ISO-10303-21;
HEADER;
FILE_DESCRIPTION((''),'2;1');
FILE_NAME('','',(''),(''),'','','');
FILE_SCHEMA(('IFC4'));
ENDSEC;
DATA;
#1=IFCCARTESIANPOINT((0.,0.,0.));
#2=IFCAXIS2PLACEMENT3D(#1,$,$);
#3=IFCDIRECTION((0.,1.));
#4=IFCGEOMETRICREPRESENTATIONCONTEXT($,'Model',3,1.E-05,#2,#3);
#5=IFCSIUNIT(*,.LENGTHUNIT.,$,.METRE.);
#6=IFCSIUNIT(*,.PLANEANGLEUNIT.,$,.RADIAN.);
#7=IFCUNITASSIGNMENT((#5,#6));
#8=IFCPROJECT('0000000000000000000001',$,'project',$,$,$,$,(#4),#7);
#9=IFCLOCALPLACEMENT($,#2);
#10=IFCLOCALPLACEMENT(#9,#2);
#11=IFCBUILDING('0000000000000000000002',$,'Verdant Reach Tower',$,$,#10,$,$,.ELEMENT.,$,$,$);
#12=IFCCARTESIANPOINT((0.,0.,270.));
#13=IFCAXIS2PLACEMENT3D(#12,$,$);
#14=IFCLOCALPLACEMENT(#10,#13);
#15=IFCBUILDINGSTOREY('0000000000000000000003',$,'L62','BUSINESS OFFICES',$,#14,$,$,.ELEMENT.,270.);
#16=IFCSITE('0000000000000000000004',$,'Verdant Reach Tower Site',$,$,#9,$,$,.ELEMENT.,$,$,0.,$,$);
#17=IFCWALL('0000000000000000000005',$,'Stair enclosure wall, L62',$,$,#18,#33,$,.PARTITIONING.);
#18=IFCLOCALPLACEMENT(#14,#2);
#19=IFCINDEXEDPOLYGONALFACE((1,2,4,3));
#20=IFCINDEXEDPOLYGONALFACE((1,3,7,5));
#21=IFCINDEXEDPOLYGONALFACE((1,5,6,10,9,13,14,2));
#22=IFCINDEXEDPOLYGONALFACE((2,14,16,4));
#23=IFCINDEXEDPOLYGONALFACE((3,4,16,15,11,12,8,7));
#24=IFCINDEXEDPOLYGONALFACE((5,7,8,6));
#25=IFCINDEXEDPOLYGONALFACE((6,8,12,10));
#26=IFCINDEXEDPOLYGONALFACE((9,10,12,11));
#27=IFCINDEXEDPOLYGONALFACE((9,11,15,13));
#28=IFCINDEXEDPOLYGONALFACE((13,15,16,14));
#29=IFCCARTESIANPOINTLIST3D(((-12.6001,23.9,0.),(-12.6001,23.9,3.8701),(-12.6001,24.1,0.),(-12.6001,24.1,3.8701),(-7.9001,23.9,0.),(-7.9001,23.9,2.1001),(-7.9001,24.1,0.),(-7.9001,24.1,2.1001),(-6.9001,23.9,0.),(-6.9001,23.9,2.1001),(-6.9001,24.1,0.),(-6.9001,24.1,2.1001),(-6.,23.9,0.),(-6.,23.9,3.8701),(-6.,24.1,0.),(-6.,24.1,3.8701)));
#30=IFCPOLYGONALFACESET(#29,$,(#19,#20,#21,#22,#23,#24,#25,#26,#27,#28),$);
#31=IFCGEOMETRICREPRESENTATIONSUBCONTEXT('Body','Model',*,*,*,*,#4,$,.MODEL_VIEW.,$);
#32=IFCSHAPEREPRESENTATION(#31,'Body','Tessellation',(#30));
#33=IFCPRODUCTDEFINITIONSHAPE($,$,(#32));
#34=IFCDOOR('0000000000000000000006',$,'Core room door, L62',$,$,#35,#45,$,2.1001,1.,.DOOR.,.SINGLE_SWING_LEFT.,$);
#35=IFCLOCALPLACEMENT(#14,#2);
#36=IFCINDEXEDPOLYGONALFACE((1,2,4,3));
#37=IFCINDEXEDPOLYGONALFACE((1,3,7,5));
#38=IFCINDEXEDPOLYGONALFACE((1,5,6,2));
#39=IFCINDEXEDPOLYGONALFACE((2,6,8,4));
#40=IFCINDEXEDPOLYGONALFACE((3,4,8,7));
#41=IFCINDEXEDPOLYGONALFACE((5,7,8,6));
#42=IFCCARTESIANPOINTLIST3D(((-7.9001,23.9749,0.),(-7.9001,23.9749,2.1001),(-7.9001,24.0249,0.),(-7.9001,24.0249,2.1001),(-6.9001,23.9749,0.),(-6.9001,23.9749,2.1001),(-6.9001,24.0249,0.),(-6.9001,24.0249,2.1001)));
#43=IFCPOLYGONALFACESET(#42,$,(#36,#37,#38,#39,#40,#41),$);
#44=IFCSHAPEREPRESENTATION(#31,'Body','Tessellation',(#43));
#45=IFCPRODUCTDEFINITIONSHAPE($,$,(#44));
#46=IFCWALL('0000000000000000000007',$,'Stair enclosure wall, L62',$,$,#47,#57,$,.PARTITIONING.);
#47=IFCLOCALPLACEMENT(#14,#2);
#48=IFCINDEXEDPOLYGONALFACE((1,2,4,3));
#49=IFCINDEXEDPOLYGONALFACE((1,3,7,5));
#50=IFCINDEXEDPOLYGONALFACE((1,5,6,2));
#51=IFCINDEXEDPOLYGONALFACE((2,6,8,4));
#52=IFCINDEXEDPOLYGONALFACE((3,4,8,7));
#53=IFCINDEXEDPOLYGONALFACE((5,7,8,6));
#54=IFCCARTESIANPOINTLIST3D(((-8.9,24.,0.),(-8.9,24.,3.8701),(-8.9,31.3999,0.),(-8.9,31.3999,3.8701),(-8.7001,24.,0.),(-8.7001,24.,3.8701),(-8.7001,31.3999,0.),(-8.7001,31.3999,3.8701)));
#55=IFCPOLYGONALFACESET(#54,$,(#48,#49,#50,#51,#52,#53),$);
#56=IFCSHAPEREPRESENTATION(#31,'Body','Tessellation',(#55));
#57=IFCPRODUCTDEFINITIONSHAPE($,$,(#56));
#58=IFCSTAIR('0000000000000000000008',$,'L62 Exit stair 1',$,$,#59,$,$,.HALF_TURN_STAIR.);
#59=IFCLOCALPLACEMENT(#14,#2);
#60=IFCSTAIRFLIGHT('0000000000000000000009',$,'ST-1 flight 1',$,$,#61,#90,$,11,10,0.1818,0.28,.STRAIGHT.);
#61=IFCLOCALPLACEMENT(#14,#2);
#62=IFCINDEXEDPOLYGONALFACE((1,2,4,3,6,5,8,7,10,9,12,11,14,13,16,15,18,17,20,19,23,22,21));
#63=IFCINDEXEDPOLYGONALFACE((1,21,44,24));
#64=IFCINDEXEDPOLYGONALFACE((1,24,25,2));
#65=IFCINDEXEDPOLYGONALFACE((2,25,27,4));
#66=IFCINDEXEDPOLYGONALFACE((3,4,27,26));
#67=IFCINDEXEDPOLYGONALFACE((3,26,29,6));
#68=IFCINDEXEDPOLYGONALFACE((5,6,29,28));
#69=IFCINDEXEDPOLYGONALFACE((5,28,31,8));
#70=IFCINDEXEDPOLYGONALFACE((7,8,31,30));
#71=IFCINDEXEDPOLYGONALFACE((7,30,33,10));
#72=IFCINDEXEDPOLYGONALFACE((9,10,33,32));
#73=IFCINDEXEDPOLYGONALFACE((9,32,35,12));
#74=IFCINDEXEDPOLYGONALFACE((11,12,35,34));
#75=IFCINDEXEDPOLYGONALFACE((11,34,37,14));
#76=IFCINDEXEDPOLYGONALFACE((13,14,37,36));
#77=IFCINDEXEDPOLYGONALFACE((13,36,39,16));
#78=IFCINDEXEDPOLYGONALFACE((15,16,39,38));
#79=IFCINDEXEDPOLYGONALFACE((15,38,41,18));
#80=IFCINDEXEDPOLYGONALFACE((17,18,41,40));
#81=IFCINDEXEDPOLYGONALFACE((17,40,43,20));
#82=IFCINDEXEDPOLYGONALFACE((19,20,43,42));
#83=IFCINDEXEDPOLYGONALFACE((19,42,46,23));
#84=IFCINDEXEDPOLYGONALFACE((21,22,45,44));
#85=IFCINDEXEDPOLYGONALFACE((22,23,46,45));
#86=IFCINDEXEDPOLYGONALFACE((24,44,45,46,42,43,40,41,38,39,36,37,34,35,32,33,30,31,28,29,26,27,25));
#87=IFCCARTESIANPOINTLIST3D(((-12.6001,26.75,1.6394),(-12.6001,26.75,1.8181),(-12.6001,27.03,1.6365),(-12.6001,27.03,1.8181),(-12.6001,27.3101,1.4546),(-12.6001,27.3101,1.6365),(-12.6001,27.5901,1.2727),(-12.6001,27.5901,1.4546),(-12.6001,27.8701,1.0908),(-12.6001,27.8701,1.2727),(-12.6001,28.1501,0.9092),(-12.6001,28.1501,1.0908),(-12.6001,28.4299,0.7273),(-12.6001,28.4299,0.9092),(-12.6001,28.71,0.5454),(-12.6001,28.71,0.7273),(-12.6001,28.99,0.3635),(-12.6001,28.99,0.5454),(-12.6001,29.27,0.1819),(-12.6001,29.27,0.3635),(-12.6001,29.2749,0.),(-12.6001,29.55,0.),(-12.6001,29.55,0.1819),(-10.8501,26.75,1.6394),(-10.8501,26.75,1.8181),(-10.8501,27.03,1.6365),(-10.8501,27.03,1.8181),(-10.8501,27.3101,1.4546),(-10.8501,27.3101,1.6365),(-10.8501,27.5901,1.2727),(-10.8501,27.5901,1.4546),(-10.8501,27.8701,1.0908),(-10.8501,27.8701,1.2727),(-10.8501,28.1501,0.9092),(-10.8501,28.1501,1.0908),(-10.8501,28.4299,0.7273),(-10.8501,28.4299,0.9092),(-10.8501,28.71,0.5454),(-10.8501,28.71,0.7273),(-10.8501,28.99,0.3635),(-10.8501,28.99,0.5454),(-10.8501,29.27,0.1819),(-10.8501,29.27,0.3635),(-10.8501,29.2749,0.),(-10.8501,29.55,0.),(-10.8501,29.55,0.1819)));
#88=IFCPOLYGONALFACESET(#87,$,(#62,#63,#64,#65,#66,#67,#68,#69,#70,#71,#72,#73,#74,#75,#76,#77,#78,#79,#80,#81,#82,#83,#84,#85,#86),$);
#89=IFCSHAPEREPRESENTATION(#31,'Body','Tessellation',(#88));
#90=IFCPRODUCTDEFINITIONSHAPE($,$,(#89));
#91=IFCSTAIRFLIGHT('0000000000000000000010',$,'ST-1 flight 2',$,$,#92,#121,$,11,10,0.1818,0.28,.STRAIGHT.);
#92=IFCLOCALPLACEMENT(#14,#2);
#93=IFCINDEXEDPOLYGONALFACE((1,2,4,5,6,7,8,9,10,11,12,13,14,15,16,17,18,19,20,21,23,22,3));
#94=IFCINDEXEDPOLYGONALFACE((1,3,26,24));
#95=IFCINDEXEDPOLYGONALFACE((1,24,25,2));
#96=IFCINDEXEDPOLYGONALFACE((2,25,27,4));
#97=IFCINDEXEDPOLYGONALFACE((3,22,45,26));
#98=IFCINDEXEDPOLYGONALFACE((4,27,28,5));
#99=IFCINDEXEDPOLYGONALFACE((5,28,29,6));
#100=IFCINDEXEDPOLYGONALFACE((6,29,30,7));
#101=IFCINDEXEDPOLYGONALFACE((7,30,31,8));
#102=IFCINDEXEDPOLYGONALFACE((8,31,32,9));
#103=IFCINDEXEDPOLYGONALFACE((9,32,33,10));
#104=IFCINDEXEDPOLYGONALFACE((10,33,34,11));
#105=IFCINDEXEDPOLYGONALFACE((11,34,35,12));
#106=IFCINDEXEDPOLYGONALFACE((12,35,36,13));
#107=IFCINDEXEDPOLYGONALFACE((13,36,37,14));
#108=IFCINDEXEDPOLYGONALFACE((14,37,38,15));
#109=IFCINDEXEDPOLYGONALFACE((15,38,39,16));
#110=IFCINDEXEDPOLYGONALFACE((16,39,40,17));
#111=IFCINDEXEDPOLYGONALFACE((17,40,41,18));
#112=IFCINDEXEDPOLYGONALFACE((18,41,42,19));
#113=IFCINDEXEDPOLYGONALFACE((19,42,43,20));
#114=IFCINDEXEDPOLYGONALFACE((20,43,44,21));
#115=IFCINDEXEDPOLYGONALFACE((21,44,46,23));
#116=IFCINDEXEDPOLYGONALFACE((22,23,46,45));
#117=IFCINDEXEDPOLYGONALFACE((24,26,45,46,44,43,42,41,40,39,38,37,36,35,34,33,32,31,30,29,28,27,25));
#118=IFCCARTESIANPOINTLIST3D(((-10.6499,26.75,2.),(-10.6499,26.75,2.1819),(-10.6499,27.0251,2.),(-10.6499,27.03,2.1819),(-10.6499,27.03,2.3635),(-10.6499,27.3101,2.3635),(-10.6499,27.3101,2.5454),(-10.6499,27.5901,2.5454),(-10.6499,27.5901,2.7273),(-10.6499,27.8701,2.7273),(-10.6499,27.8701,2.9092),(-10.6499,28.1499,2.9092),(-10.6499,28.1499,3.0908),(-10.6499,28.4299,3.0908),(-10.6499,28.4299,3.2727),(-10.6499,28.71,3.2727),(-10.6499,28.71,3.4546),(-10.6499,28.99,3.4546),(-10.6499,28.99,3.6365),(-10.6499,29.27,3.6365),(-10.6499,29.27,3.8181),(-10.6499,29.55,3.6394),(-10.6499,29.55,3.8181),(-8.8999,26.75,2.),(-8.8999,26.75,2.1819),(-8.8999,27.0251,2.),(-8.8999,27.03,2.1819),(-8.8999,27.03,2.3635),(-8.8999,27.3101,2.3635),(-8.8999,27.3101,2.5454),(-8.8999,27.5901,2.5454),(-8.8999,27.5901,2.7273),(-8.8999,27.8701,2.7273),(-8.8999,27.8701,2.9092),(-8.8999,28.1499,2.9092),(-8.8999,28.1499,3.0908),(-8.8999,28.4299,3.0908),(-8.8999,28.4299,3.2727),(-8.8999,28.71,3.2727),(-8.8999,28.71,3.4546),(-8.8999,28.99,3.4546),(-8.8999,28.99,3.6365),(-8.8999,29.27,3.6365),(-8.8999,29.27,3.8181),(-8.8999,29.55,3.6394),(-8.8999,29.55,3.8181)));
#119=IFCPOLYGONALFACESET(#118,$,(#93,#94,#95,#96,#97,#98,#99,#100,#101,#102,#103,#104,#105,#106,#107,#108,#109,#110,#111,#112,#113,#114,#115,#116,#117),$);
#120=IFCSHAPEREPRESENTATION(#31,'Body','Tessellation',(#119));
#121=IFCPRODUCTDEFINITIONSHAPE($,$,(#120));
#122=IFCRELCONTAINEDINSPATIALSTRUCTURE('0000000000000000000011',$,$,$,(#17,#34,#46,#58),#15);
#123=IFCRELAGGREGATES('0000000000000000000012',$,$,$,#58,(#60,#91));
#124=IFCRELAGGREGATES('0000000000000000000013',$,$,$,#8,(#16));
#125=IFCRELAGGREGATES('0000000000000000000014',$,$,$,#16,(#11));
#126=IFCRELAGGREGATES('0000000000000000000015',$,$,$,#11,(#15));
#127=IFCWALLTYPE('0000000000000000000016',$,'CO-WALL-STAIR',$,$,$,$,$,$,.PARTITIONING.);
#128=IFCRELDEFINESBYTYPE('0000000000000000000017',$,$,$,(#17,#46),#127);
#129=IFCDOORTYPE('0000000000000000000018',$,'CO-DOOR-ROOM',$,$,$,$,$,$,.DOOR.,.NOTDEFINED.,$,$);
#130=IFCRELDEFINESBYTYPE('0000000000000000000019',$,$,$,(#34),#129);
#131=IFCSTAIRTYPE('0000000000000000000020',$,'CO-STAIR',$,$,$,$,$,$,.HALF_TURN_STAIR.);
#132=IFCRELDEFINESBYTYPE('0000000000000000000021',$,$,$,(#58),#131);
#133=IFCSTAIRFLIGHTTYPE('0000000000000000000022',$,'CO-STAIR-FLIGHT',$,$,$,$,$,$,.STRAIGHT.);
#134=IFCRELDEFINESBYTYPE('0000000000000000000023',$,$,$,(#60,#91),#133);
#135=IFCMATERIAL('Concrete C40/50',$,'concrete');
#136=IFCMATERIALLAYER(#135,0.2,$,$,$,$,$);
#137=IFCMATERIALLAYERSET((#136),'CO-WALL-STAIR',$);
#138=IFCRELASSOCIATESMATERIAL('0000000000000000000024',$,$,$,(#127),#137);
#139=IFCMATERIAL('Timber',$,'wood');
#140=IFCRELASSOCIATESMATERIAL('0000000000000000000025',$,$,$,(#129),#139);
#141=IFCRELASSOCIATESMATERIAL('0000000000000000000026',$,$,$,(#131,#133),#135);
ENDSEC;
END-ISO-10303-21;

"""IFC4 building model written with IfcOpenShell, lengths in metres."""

from ifc_helpers import new_model, si_unit, direction, frame, frame_2d, origin, place, context, subcontext, project, spatial, polyline, rectangle, outline, extrude, material, layer, layer_set, type_object, element, fill, aggregate, save


model = new_model("IFC4")

# Units and contexts
model_context = context("Model", 3, precision=1e-05, world=origin(), true_north=direction((0.0, 1.0)))
body_context = subcontext(model_context, "Body", "Model", "MODEL_VIEW")
ifc_project = project(units=[si_unit("LENGTHUNIT", "METRE"), si_unit("PLANEANGLEUNIT", "RADIAN")], contexts=[model_context])

# Site, building, storey
site_placement = place(None, origin())
site = spatial("IfcSite", under=ifc_project, at=site_placement, Name="Verdant Reach Tower Site", CompositionType="ELEMENT", RefElevation=0.0)
building_placement = place(site_placement, origin())
building = spatial("IfcBuilding", under=site, at=building_placement, Name="Verdant Reach Tower", CompositionType="ELEMENT")
storey_placement = place(building_placement, frame((0.0, 0.0, 270.0)))
storey = spatial("IfcBuildingStorey", under=building, at=storey_placement, Name="L62", Description="BUSINESS OFFICES", CompositionType="ELEMENT", Elevation=270.0)

# Shared definitions
ifc_material_1 = material(Name="Concrete C40/50", Category="concrete")

# Wall, opening, door
ifc_layer_1 = layer(ifc_material_1, 0.2)
ifc_layer_set_1 = layer_set([ifc_layer_1], Name="CO-WALL-STAIR")
wall_type_1 = type_object("IfcWallType", Name="CO-WALL-STAIR", PredefinedType="PARTITIONING", material=ifc_layer_set_1)
wall_1_placement = place(storey_placement, frame((-12.6001, 24.0, 0.0), z_axis=(0.0, 0.0, 1.0), x_axis=(1.0, 0.0, 0.0)))
wall_1 = element("IfcWall", 1, at=wall_1_placement, inside=storey, type_object=wall_type_1, Name="Stair enclosure wall, L62", PredefinedType="PARTITIONING", context=body_context, shape_type="SweptSolid", body=[
    extrude(rectangle(XDim=6.6001, YDim=0.2, at=frame_2d((3.3, 0.0))), origin(), (0.0, 0.0, 1.0), 3.8701),
])
opening_1_placement = place(wall_1_placement, frame((4.7, 0.0, 0.0)))
opening_1 = element("IfcOpeningElement", 2, at=opening_1_placement, cuts=wall_1, PredefinedType="OPENING", context=body_context, shape_type="SweptSolid", body=[
    extrude(rectangle(XDim=1.0, YDim=2.1001, at=frame_2d((0.5, 1.05))), frame((0.0, 0.1099, 0.0), z_axis=(0.0, -1.0, 0.0), x_axis=(1.0, 0.0, 0.0)), (0.0, 0.0, 1.0), 0.22),
])
ifc_material_2 = material(Name="Timber", Category="wood")
door_type_1 = type_object("IfcDoorType", Name="CO-DOOR-ROOM", OperationType="NOTDEFINED", PredefinedType="DOOR", material=ifc_material_2)
door_1_placement = place(opening_1_placement, origin())
door_1 = element("IfcDoor", 3, at=door_1_placement, inside=storey, type_object=door_type_1, Name="Core room door, L62", OperationType="SINGLE_SWING_LEFT", OverallHeight=2.1001, OverallWidth=1.0, PredefinedType="DOOR", context=body_context, shape_type="SweptSolid", body=[
    extrude(rectangle(XDim=1.0, YDim=2.1001, at=frame_2d((0.5, 1.05))), frame((0.0, 0.0249, 0.0), z_axis=(0.0, -1.0, 0.0), x_axis=(1.0, 0.0, 0.0)), (0.0, 0.0, 1.0), 0.05),
])
fill(opening_1, door_1)

# Wall
wall_2_placement = place(storey_placement, frame((-8.8, 24.0, 0.0), z_axis=(0.0, 0.0, 1.0), x_axis=(0.0, 1.0, 0.0)))
element("IfcWall", 4, at=wall_2_placement, inside=storey, type_object=wall_type_1, Name="Stair enclosure wall, L62", PredefinedType="PARTITIONING", context=body_context, shape_type="SweptSolid", body=[
    extrude(rectangle(XDim=7.3999, YDim=0.2, at=frame_2d((3.7, 0.0))), origin(), (0.0, 0.0, 1.0), 3.8701),
])

# Stair, stair flights
stair_type = type_object("IfcStairType", Name="CO-STAIR", PredefinedType="HALF_TURN_STAIR", material=ifc_material_1)
stair_placement = place(storey_placement, origin())
stair = element("IfcStair", 5, at=stair_placement, inside=storey, type_object=stair_type, Name="L62 Exit stair 1", PredefinedType="HALF_TURN_STAIR")
stair_flight_type = type_object("IfcStairFlightType", Name="CO-STAIR-FLIGHT", PredefinedType="STRAIGHT", material=ifc_material_1)
stair_flight_1_placement = place(storey_placement, frame((-11.7251, 29.55, 0.0), z_axis=(0.0, 0.0, 1.0), x_axis=(0.0, -1.0, 0.0)))
stair_flight_1 = element("IfcStairFlight", 6, at=stair_flight_1_placement, type_object=stair_flight_type, Name="ST-1 flight 1", NumberOfRisers=11, NumberOfTreads=10, PredefinedType="STRAIGHT", RiserHeight=0.1818, TreadLength=0.28, context=body_context, shape_type="SweptSolid", body=[
    extrude(outline(polyline([(0.0, 0.0), (0.0, 0.1819), (0.28, 0.1819), (0.28, 0.3635), (0.5601, 0.3635), (0.5601, 0.5454), (0.8401, 0.5454), (0.8401, 0.7273), (1.1201, 0.7273), (1.1201, 0.9092), (1.3999, 0.9092), (1.3999, 1.0908), (1.6799, 1.0908), (1.6799, 1.2727), (1.96, 1.2727), (1.96, 1.4546), (2.24, 1.4546), (2.24, 1.6365), (2.52, 1.6365), (2.52, 1.8181), (2.8, 1.8181), (2.8, 2.0), (2.8, 1.6394), (0.2751, 0.0), (0.0, 0.0)])), frame((0.0, 0.875, 0.0), z_axis=(0.0, -1.0, 0.0), x_axis=(1.0, 0.0, 0.0)), (0.0, 0.0, 1.0), 1.75),
])
stair_flight_2_placement = place(storey_placement, frame((-9.7749, 26.75, 2.0), z_axis=(0.0, 0.0, 1.0), x_axis=(0.0, 1.0, 0.0)))
stair_flight_2 = element("IfcStairFlight", 7, at=stair_flight_2_placement, type_object=stair_flight_type, Name="ST-1 flight 2", NumberOfRisers=11, NumberOfTreads=10, PredefinedType="STRAIGHT", RiserHeight=0.1818, TreadLength=0.28, context=body_context, shape_type="SweptSolid", body=[
    extrude(outline(polyline([(0.0, 0.0), (0.0, 0.1819), (0.28, 0.1819), (0.28, 0.3635), (0.5601, 0.3635), (0.5601, 0.5454), (0.8401, 0.5454), (0.8401, 0.7273), (1.1201, 0.7273), (1.1201, 0.9092), (1.3999, 0.9092), (1.3999, 1.0908), (1.6799, 1.0908), (1.6799, 1.2727), (1.96, 1.2727), (1.96, 1.4546), (2.24, 1.4546), (2.24, 1.6365), (2.52, 1.6365), (2.52, 1.8181), (2.8, 1.8181), (2.8, 2.0), (2.8, 1.6394), (0.2751, 0.0), (0.0, 0.0)])), frame((0.0, 0.875, 0.0), z_axis=(0.0, -1.0, 0.0), x_axis=(1.0, 0.0, 0.0)), (0.0, 0.0, 1.0), 1.75),
])
aggregate(stair, [stair_flight_1, stair_flight_2])

save(model, "model.ifc")
